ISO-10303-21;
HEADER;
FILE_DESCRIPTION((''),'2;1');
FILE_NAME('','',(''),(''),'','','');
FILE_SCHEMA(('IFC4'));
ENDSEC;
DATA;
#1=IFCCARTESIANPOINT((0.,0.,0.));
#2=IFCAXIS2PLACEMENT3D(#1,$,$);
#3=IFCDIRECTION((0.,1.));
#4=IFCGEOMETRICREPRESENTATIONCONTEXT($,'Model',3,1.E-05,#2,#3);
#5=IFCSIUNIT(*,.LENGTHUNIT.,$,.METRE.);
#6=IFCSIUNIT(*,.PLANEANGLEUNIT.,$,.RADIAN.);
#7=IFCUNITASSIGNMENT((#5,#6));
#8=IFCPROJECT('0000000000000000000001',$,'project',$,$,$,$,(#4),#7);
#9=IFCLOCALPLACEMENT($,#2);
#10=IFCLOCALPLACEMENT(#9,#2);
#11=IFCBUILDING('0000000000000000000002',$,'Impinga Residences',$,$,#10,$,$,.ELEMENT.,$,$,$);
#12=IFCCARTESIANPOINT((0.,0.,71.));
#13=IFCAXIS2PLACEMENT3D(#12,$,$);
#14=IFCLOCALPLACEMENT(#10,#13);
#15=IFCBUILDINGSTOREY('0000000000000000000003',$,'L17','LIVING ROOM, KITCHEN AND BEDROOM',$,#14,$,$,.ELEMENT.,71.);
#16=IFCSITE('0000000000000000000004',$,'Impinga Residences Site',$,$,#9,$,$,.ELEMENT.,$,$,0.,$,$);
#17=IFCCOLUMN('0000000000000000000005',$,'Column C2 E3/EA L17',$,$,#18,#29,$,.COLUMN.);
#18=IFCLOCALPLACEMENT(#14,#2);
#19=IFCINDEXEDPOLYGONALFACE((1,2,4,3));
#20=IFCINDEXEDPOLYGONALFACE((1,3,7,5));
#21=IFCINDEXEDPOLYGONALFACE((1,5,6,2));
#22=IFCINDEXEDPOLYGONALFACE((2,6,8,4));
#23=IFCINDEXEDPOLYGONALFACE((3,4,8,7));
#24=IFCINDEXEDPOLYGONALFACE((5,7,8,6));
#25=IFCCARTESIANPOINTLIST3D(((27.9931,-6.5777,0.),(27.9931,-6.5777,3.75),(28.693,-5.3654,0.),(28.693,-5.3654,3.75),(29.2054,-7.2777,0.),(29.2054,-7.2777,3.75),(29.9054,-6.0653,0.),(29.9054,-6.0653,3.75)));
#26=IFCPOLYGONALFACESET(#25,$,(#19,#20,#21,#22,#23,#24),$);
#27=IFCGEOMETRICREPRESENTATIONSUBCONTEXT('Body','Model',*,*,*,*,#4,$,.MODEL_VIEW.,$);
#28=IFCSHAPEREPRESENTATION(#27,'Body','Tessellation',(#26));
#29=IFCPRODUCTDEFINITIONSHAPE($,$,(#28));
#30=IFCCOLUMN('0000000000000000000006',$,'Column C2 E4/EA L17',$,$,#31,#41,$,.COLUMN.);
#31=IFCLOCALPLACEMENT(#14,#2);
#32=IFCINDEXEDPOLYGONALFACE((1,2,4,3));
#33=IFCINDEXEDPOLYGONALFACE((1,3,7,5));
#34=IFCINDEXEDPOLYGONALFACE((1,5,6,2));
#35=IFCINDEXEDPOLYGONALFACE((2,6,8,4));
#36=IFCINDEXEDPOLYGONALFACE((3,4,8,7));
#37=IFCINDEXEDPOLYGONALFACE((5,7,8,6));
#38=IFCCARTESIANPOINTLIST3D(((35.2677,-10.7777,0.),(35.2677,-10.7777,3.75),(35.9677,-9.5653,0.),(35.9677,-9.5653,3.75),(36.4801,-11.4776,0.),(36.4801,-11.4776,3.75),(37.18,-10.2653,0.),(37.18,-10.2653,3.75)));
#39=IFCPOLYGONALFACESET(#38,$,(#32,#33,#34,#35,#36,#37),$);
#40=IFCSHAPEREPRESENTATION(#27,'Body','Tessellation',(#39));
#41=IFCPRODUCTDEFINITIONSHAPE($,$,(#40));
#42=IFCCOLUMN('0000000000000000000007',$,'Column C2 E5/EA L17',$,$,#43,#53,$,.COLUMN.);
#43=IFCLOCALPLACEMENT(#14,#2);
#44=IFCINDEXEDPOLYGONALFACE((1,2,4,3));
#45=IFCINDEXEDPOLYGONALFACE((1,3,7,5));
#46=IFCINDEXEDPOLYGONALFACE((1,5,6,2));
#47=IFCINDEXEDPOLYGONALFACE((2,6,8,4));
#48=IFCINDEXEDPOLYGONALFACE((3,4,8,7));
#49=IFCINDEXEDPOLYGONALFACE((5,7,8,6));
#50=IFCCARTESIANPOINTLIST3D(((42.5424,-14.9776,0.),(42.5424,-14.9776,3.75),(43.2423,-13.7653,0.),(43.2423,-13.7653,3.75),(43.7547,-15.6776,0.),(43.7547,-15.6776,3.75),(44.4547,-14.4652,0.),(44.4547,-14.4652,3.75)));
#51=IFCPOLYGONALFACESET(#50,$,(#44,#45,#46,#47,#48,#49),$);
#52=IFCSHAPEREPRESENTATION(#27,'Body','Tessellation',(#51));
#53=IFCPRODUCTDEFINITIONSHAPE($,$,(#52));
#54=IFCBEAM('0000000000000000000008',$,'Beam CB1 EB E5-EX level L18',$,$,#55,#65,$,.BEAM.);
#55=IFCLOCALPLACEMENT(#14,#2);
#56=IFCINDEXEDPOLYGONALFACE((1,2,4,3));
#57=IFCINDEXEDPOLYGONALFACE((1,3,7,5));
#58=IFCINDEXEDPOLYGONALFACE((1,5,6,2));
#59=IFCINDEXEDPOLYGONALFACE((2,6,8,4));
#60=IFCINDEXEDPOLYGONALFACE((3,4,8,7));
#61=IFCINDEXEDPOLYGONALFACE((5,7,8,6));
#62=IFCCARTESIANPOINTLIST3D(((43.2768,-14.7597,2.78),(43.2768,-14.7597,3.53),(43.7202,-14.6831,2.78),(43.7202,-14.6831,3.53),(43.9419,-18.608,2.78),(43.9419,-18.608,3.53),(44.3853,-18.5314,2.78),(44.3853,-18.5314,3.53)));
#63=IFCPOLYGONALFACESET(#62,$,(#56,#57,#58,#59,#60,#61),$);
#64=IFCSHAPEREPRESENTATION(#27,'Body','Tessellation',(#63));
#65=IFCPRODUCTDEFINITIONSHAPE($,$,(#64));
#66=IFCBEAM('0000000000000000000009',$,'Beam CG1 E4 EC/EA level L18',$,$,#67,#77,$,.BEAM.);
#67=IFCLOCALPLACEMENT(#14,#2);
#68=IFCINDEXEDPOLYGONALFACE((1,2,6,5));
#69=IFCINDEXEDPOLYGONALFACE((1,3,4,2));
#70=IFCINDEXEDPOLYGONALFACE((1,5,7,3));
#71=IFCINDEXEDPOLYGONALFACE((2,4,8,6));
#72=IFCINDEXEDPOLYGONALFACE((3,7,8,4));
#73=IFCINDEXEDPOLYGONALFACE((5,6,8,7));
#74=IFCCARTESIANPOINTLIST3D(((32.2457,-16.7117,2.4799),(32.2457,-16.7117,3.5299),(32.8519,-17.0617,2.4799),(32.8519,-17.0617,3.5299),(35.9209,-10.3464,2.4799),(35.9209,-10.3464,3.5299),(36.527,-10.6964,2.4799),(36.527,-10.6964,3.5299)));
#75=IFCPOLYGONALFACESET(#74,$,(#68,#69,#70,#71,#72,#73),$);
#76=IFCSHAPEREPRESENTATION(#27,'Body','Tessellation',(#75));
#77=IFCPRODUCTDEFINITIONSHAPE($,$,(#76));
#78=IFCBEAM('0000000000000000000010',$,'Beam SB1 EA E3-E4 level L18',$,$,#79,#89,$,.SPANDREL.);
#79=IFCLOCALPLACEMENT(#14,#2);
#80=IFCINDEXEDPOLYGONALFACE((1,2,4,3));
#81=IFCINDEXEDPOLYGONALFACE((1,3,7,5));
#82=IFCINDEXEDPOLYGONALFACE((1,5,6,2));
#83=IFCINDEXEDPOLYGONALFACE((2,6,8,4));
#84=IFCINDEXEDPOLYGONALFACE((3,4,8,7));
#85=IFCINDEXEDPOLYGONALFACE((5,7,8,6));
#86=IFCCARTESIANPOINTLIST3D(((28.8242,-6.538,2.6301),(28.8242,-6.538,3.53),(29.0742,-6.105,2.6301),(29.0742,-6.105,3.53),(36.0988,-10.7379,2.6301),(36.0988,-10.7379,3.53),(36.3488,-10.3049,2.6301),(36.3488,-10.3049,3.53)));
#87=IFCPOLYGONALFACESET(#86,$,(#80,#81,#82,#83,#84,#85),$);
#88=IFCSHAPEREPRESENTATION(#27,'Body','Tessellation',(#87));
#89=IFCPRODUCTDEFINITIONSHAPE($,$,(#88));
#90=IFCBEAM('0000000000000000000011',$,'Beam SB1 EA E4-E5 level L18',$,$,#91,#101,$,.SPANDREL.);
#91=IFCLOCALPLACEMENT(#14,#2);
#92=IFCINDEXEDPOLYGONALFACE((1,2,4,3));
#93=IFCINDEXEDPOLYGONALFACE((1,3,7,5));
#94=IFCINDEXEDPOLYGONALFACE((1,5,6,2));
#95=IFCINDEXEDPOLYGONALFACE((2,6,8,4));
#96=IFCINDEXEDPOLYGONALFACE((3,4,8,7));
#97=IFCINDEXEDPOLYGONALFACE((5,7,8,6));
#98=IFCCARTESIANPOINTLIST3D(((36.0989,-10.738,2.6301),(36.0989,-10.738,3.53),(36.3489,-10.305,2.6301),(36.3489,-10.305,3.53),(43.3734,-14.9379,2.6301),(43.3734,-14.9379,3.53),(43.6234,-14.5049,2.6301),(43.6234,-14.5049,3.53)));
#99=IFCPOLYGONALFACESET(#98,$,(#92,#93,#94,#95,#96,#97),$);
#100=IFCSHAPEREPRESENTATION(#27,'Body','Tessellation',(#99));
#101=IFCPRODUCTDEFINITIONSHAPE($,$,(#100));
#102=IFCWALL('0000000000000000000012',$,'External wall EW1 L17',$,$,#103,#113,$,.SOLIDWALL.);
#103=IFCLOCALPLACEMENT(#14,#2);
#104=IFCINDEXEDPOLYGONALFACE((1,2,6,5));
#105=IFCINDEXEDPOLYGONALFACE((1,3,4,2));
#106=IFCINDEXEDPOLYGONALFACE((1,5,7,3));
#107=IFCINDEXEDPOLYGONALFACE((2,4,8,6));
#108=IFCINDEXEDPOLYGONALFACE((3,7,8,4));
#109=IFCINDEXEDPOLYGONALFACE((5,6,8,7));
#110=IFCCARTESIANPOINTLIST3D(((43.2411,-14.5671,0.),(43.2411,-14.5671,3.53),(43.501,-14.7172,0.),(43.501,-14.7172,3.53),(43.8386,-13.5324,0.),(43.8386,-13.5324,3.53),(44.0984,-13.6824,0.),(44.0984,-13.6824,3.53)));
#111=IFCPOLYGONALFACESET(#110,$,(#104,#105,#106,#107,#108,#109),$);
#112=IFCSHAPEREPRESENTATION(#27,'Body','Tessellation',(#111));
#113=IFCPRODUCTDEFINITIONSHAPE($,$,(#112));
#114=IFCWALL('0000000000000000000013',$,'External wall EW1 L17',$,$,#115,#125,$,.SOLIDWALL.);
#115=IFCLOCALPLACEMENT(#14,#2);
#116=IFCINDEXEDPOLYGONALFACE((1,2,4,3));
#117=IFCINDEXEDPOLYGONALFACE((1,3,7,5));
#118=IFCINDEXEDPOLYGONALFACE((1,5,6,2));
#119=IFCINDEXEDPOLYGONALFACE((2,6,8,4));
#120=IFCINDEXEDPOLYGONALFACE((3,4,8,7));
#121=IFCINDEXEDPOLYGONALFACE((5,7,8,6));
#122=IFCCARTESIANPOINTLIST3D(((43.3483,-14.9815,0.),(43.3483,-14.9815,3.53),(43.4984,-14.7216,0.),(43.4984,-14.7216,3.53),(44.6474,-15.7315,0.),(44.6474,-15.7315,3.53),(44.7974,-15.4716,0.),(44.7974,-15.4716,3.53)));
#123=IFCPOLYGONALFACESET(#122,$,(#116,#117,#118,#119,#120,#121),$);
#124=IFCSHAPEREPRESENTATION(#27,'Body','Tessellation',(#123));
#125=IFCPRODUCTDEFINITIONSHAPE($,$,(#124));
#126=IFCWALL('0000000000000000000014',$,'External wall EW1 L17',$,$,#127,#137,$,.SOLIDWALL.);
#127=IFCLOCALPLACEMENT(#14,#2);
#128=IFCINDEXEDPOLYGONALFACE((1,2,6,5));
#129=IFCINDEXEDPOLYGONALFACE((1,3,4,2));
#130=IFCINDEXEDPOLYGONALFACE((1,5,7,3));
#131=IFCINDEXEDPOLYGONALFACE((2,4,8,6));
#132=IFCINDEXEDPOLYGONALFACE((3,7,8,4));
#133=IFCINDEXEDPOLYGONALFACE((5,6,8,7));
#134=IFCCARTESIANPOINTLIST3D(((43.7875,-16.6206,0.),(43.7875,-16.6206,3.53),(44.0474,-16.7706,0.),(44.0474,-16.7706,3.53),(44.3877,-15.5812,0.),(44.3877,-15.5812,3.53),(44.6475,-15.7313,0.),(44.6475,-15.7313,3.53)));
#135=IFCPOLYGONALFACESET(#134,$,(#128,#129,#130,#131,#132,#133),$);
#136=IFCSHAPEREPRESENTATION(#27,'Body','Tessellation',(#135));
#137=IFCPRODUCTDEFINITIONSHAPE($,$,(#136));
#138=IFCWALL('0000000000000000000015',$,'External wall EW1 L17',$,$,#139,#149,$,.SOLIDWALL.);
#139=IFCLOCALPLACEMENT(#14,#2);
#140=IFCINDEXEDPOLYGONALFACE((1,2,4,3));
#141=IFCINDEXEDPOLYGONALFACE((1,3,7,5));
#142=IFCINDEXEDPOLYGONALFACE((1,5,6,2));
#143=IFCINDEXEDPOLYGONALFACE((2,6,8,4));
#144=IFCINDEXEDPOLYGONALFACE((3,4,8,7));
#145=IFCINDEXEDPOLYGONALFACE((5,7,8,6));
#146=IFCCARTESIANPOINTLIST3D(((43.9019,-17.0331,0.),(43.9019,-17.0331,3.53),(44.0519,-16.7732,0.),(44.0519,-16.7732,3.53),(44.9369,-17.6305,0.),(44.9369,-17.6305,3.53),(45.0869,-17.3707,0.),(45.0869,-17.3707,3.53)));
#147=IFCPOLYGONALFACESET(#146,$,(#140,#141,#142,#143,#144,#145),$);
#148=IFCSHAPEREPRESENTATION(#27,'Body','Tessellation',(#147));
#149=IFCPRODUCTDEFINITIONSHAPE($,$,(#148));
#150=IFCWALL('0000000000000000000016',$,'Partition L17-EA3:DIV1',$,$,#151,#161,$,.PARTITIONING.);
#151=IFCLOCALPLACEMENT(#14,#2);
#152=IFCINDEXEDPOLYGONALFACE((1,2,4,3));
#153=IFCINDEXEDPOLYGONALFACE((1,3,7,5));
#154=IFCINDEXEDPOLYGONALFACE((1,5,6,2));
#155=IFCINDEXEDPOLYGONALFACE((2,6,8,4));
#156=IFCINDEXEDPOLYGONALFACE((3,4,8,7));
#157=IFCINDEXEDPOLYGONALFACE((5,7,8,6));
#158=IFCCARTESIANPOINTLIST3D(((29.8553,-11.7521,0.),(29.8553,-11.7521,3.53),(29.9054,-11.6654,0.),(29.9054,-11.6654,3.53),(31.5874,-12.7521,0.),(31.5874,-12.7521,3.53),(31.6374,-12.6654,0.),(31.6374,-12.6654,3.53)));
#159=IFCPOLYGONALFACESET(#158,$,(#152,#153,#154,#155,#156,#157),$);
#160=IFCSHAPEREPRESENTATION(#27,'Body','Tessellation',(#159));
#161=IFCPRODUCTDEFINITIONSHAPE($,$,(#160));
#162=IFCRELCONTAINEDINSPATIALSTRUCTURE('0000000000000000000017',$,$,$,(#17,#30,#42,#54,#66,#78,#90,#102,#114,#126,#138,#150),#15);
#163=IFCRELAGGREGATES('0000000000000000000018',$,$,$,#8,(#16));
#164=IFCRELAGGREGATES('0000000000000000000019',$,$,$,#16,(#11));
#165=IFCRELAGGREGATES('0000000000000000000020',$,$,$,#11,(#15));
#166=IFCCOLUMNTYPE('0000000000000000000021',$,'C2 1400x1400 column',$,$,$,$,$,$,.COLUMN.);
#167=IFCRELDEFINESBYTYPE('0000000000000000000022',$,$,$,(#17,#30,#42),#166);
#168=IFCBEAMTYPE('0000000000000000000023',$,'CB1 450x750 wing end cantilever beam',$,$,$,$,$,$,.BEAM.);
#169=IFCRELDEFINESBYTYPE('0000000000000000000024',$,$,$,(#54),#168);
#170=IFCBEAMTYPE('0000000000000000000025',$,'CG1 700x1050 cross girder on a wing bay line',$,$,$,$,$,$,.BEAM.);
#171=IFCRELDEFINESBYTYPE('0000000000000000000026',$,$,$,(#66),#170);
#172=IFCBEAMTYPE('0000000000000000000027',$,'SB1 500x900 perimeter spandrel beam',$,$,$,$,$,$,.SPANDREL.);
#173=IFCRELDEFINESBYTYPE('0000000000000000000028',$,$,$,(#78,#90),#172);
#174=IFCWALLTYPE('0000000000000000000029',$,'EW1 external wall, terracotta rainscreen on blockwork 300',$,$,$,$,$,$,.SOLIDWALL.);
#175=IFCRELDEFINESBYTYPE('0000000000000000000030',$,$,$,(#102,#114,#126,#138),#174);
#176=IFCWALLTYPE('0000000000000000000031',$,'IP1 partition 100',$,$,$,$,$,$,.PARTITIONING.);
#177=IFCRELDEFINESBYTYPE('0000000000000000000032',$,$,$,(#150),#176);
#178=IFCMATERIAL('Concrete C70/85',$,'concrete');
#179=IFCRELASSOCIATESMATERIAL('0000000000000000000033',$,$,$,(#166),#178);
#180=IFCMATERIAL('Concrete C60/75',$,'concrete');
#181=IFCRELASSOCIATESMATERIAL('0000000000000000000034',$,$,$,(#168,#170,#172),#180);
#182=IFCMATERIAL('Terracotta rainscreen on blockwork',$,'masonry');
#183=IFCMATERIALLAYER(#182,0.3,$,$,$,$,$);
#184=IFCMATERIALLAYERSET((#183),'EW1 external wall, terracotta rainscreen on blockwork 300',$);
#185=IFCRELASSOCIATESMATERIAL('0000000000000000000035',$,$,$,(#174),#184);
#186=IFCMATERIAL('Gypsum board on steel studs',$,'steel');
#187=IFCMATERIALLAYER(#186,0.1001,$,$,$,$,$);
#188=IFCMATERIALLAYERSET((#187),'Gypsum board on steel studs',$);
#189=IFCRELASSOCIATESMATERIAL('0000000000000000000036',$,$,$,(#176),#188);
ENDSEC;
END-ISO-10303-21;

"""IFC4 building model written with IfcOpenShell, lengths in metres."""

from ifc_helpers import new_model, si_unit, direction, frame, frame_2d, origin, origin_2d, place, context, subcontext, project, spatial, rectangle, extrude, material, layer, layer_set, material_profile, profile_set, type_object, element, save


model = new_model("IFC4")

# Units and contexts
model_context = context("Model", 3, precision=1e-05, world=origin(), true_north=direction((0.0, 1.0)))
body_context = subcontext(model_context, "Body", "Model", "MODEL_VIEW")
ifc_project = project(units=[si_unit("LENGTHUNIT", "METRE"), si_unit("PLANEANGLEUNIT", "RADIAN")], contexts=[model_context])

# Site, building, storey
site_placement = place(None, origin())
site = spatial("IfcSite", under=ifc_project, at=site_placement, Name="Impinga Residences Site", CompositionType="ELEMENT", RefElevation=0.0)
building_placement = place(site_placement, origin())
building = spatial("IfcBuilding", under=site, at=building_placement, Name="Impinga Residences", CompositionType="ELEMENT")
storey_placement = place(building_placement, frame((0.0, 0.0, 71.0)))
storey = spatial("IfcBuildingStorey", under=building, at=storey_placement, Name="L17", Description="LIVING ROOM, KITCHEN AND BEDROOM", CompositionType="ELEMENT", Elevation=71.0)

# Columns
ifc_material_1 = material(Name="Concrete C70/85", Category="concrete")
ifc_material_profile_1 = material_profile(ifc_material_1, rectangle(XDim=1.3999, YDim=1.3999, at=origin_2d()), Name="RC 1400x1400")
ifc_profile_set_1 = profile_set([ifc_material_profile_1], Name="Concrete C70/85")
column_type = type_object("IfcColumnType", Name="C2 1400x1400 column", PredefinedType="COLUMN", material=ifc_profile_set_1)
for number, where, z_axis, x_axis, name in (
    (1, (28.9492, -6.3215, 0.0), (0.0, 0.0, 1.0), (-0.5, -0.866025, 0.0), "Column C2 E3/EA L17"),
    (2, (36.2239, -10.5215, 0.0), (0.0, 0.0, 1.0), (-0.5, -0.866025, 0.0), "Column C2 E4/EA L17"),
    (3, (43.4985, -14.7214, 0.0), (0.0, 0.0, 1.0), (-0.5, -0.866025, 0.0), "Column C2 E5/EA L17"),
):
    element("IfcColumn", number, at=place(storey_placement, frame(where, z_axis=z_axis, x_axis=x_axis)), inside=storey, type_object=column_type, Name=name, PredefinedType="COLUMN", context=body_context, shape_type="SweptSolid", body=[
        extrude(rectangle(XDim=1.3999, YDim=1.3999, at=origin_2d()), origin(), (0.0, 0.0, 1.0), 3.75),
    ])

# Beams
ifc_material_2 = material(Name="Concrete C60/75", Category="concrete")
ifc_material_profile_2 = material_profile(ifc_material_2, rectangle(XDim=0.45, YDim=0.75, at=origin_2d()), Name="RC 450x750")
ifc_profile_set_2 = profile_set([ifc_material_profile_2], Name="Concrete C60/75")
beam_type_1 = type_object("IfcBeamType", Name="CB1 450x750 wing end cantilever beam", PredefinedType="BEAM", material=ifc_profile_set_2)
beam_1_placement = place(storey_placement, frame((43.4985, -14.7214, 3.155), z_axis=(0.170296, -0.985393, 0.0), x_axis=(0.985393, 0.170296, 0.0)))
element("IfcBeam", 4, at=beam_1_placement, inside=storey, type_object=beam_type_1, Name="Beam CB1 EB E5-EX level L18", PredefinedType="BEAM", context=body_context, shape_type="SweptSolid", body=[
    extrude(rectangle(XDim=0.45, YDim=0.75, at=origin_2d()), origin(), (0.0, 0.0, 1.0), 3.9053),
])
ifc_material_profile_3 = material_profile(ifc_material_2, rectangle(XDim=0.7, YDim=1.05, at=origin_2d()), Name="RC 700x1050")
ifc_profile_set_3 = profile_set([ifc_material_profile_3], Name="Concrete C60/75")
beam_type_2 = type_object("IfcBeamType", Name="CG1 700x1050 cross girder on a wing bay line", PredefinedType="BEAM", material=ifc_profile_set_3)
beam_2_placement = place(storey_placement, frame((32.5488, -16.8867, 3.0049), z_axis=(0.500008, 0.866021, 0.0), x_axis=(-0.866021, 0.500008, 0.0)))
element("IfcBeam", 5, at=beam_2_placement, inside=storey, type_object=beam_type_2, Name="Beam CG1 E4 EC/EA level L18", PredefinedType="BEAM", context=body_context, shape_type="SweptSolid", body=[
    extrude(rectangle(XDim=0.7, YDim=1.05, at=origin_2d()), origin(), (0.0, 0.0, 1.0), 7.3501),
])
ifc_material_profile_4 = material_profile(ifc_material_2, rectangle(XDim=0.5, YDim=0.8999, at=origin_2d()), Name="RC 500x900")
ifc_profile_set_4 = profile_set([ifc_material_profile_4], Name="Concrete C60/75")
beam_type_3 = type_object("IfcBeamType", Name="SB1 500x900 perimeter spandrel beam", PredefinedType="SPANDREL", material=ifc_profile_set_4)
for number, where, z_axis, x_axis, name in (
    (6, (28.9492, -6.3215, 3.0801), (0.866029, -0.499993, 0.0), (0.499993, 0.866029, 0.0), "Beam SB1 EA E3-E4 level L18"),
    (7, (36.2239, -10.5215, 3.0801), (0.866029, -0.499993, 0.0), (0.499993, 0.866029, 0.0), "Beam SB1 EA E4-E5 level L18"),
):
    element("IfcBeam", number, at=place(storey_placement, frame(where, z_axis=z_axis, x_axis=x_axis)), inside=storey, type_object=beam_type_3, Name=name, PredefinedType="SPANDREL", context=body_context, shape_type="SweptSolid", body=[
        extrude(rectangle(XDim=0.5, YDim=0.8999, at=origin_2d()), origin(), (0.0, 0.0, 1.0), 8.3999),
    ])

# Walls
ifc_material_3 = material(Name="Terracotta rainscreen on blockwork", Category="masonry")
ifc_layer_1 = layer(ifc_material_3, 0.3)
ifc_layer_set_1 = layer_set([ifc_layer_1], Name="EW1 external wall, terracotta rainscreen on blockwork 300")
wall_type_1 = type_object("IfcWallType", Name="EW1 external wall, terracotta rainscreen on blockwork 300", PredefinedType="SOLIDWALL", material=ifc_layer_set_1)
wall_1_placement = place(storey_placement, frame((43.9685, -13.6074, 0.0), z_axis=(0.0, 0.0, 1.0), x_axis=(-0.500029, -0.866009, 0.0)))
element("IfcWall", 8, at=wall_1_placement, inside=storey, type_object=wall_type_1, Name="External wall EW1 L17", PredefinedType="SOLIDWALL", context=body_context, shape_type="SweptSolid", body=[
    extrude(rectangle(XDim=1.1948, YDim=0.3, at=frame_2d((0.5974, 0.0))), origin(), (0.0, 0.0, 1.0), 3.53),
])
wall_2_placement = place(storey_placement, frame((43.4233, -14.8516, 0.0), z_axis=(0.0, 0.0, 1.0), x_axis=(0.866031, -0.49999, 0.0)))
element("IfcWall", 9, at=wall_2_placement, inside=storey, type_object=wall_type_1, Name="External wall EW1 L17", PredefinedType="SOLIDWALL", context=body_context, shape_type="SweptSolid", body=[
    extrude(rectangle(XDim=1.5, YDim=0.3, at=frame_2d((0.75, 0.0))), origin(), (0.0, 0.0, 1.0), 3.53),
])
wall_3_placement = place(storey_placement, frame((44.5176, -15.6562, 0.0), z_axis=(0.0, 0.0, 1.0), x_axis=(-0.500034, -0.866006, 0.0)))
element("IfcWall", 10, at=wall_3_placement, inside=storey, type_object=wall_type_1, Name="External wall EW1 L17", PredefinedType="SOLIDWALL", context=body_context, shape_type="SweptSolid", body=[
    extrude(rectangle(XDim=1.2002, YDim=0.3, at=frame_2d((0.6001, 0.0))), origin(), (0.0, 0.0, 1.0), 3.53),
])
wall_4_placement = place(storey_placement, frame((43.9768, -16.9031, 0.0), z_axis=(0.0, 0.0, 1.0), x_axis=(0.86606, -0.499941, 0.0)))
element("IfcWall", 11, at=wall_4_placement, inside=storey, type_object=wall_type_1, Name="External wall EW1 L17", PredefinedType="SOLIDWALL", context=body_context, shape_type="SweptSolid", body=[
    extrude(rectangle(XDim=1.1951, YDim=0.3, at=frame_2d((0.5977, 0.0))), origin(), (0.0, 0.0, 1.0), 3.53),
])
ifc_material_4 = material(Name="Gypsum board on steel studs", Category="steel")
ifc_layer_2 = layer(ifc_material_4, 0.1001)
ifc_layer_set_2 = layer_set([ifc_layer_2], Name="Gypsum board on steel studs")
wall_type_2 = type_object("IfcWallType", Name="IP1 partition 100", PredefinedType="PARTITIONING", material=ifc_layer_set_2)
wall_5_placement = place(storey_placement, frame((29.8804, -11.7087, 0.0), z_axis=(0.0, 0.0, 1.0), x_axis=(0.866011, -0.500025, 0.0)))
element("IfcWall", 12, at=wall_5_placement, inside=storey, type_object=wall_type_2, Name="Partition L17-EA3:DIV1", PredefinedType="PARTITIONING", context=body_context, shape_type="SweptSolid", body=[
    extrude(rectangle(XDim=2.0, YDim=0.1001, at=frame_2d((1.0, 0.0))), origin(), (0.0, 0.0, 1.0), 3.53),
])

save(model, "model.ifc")
